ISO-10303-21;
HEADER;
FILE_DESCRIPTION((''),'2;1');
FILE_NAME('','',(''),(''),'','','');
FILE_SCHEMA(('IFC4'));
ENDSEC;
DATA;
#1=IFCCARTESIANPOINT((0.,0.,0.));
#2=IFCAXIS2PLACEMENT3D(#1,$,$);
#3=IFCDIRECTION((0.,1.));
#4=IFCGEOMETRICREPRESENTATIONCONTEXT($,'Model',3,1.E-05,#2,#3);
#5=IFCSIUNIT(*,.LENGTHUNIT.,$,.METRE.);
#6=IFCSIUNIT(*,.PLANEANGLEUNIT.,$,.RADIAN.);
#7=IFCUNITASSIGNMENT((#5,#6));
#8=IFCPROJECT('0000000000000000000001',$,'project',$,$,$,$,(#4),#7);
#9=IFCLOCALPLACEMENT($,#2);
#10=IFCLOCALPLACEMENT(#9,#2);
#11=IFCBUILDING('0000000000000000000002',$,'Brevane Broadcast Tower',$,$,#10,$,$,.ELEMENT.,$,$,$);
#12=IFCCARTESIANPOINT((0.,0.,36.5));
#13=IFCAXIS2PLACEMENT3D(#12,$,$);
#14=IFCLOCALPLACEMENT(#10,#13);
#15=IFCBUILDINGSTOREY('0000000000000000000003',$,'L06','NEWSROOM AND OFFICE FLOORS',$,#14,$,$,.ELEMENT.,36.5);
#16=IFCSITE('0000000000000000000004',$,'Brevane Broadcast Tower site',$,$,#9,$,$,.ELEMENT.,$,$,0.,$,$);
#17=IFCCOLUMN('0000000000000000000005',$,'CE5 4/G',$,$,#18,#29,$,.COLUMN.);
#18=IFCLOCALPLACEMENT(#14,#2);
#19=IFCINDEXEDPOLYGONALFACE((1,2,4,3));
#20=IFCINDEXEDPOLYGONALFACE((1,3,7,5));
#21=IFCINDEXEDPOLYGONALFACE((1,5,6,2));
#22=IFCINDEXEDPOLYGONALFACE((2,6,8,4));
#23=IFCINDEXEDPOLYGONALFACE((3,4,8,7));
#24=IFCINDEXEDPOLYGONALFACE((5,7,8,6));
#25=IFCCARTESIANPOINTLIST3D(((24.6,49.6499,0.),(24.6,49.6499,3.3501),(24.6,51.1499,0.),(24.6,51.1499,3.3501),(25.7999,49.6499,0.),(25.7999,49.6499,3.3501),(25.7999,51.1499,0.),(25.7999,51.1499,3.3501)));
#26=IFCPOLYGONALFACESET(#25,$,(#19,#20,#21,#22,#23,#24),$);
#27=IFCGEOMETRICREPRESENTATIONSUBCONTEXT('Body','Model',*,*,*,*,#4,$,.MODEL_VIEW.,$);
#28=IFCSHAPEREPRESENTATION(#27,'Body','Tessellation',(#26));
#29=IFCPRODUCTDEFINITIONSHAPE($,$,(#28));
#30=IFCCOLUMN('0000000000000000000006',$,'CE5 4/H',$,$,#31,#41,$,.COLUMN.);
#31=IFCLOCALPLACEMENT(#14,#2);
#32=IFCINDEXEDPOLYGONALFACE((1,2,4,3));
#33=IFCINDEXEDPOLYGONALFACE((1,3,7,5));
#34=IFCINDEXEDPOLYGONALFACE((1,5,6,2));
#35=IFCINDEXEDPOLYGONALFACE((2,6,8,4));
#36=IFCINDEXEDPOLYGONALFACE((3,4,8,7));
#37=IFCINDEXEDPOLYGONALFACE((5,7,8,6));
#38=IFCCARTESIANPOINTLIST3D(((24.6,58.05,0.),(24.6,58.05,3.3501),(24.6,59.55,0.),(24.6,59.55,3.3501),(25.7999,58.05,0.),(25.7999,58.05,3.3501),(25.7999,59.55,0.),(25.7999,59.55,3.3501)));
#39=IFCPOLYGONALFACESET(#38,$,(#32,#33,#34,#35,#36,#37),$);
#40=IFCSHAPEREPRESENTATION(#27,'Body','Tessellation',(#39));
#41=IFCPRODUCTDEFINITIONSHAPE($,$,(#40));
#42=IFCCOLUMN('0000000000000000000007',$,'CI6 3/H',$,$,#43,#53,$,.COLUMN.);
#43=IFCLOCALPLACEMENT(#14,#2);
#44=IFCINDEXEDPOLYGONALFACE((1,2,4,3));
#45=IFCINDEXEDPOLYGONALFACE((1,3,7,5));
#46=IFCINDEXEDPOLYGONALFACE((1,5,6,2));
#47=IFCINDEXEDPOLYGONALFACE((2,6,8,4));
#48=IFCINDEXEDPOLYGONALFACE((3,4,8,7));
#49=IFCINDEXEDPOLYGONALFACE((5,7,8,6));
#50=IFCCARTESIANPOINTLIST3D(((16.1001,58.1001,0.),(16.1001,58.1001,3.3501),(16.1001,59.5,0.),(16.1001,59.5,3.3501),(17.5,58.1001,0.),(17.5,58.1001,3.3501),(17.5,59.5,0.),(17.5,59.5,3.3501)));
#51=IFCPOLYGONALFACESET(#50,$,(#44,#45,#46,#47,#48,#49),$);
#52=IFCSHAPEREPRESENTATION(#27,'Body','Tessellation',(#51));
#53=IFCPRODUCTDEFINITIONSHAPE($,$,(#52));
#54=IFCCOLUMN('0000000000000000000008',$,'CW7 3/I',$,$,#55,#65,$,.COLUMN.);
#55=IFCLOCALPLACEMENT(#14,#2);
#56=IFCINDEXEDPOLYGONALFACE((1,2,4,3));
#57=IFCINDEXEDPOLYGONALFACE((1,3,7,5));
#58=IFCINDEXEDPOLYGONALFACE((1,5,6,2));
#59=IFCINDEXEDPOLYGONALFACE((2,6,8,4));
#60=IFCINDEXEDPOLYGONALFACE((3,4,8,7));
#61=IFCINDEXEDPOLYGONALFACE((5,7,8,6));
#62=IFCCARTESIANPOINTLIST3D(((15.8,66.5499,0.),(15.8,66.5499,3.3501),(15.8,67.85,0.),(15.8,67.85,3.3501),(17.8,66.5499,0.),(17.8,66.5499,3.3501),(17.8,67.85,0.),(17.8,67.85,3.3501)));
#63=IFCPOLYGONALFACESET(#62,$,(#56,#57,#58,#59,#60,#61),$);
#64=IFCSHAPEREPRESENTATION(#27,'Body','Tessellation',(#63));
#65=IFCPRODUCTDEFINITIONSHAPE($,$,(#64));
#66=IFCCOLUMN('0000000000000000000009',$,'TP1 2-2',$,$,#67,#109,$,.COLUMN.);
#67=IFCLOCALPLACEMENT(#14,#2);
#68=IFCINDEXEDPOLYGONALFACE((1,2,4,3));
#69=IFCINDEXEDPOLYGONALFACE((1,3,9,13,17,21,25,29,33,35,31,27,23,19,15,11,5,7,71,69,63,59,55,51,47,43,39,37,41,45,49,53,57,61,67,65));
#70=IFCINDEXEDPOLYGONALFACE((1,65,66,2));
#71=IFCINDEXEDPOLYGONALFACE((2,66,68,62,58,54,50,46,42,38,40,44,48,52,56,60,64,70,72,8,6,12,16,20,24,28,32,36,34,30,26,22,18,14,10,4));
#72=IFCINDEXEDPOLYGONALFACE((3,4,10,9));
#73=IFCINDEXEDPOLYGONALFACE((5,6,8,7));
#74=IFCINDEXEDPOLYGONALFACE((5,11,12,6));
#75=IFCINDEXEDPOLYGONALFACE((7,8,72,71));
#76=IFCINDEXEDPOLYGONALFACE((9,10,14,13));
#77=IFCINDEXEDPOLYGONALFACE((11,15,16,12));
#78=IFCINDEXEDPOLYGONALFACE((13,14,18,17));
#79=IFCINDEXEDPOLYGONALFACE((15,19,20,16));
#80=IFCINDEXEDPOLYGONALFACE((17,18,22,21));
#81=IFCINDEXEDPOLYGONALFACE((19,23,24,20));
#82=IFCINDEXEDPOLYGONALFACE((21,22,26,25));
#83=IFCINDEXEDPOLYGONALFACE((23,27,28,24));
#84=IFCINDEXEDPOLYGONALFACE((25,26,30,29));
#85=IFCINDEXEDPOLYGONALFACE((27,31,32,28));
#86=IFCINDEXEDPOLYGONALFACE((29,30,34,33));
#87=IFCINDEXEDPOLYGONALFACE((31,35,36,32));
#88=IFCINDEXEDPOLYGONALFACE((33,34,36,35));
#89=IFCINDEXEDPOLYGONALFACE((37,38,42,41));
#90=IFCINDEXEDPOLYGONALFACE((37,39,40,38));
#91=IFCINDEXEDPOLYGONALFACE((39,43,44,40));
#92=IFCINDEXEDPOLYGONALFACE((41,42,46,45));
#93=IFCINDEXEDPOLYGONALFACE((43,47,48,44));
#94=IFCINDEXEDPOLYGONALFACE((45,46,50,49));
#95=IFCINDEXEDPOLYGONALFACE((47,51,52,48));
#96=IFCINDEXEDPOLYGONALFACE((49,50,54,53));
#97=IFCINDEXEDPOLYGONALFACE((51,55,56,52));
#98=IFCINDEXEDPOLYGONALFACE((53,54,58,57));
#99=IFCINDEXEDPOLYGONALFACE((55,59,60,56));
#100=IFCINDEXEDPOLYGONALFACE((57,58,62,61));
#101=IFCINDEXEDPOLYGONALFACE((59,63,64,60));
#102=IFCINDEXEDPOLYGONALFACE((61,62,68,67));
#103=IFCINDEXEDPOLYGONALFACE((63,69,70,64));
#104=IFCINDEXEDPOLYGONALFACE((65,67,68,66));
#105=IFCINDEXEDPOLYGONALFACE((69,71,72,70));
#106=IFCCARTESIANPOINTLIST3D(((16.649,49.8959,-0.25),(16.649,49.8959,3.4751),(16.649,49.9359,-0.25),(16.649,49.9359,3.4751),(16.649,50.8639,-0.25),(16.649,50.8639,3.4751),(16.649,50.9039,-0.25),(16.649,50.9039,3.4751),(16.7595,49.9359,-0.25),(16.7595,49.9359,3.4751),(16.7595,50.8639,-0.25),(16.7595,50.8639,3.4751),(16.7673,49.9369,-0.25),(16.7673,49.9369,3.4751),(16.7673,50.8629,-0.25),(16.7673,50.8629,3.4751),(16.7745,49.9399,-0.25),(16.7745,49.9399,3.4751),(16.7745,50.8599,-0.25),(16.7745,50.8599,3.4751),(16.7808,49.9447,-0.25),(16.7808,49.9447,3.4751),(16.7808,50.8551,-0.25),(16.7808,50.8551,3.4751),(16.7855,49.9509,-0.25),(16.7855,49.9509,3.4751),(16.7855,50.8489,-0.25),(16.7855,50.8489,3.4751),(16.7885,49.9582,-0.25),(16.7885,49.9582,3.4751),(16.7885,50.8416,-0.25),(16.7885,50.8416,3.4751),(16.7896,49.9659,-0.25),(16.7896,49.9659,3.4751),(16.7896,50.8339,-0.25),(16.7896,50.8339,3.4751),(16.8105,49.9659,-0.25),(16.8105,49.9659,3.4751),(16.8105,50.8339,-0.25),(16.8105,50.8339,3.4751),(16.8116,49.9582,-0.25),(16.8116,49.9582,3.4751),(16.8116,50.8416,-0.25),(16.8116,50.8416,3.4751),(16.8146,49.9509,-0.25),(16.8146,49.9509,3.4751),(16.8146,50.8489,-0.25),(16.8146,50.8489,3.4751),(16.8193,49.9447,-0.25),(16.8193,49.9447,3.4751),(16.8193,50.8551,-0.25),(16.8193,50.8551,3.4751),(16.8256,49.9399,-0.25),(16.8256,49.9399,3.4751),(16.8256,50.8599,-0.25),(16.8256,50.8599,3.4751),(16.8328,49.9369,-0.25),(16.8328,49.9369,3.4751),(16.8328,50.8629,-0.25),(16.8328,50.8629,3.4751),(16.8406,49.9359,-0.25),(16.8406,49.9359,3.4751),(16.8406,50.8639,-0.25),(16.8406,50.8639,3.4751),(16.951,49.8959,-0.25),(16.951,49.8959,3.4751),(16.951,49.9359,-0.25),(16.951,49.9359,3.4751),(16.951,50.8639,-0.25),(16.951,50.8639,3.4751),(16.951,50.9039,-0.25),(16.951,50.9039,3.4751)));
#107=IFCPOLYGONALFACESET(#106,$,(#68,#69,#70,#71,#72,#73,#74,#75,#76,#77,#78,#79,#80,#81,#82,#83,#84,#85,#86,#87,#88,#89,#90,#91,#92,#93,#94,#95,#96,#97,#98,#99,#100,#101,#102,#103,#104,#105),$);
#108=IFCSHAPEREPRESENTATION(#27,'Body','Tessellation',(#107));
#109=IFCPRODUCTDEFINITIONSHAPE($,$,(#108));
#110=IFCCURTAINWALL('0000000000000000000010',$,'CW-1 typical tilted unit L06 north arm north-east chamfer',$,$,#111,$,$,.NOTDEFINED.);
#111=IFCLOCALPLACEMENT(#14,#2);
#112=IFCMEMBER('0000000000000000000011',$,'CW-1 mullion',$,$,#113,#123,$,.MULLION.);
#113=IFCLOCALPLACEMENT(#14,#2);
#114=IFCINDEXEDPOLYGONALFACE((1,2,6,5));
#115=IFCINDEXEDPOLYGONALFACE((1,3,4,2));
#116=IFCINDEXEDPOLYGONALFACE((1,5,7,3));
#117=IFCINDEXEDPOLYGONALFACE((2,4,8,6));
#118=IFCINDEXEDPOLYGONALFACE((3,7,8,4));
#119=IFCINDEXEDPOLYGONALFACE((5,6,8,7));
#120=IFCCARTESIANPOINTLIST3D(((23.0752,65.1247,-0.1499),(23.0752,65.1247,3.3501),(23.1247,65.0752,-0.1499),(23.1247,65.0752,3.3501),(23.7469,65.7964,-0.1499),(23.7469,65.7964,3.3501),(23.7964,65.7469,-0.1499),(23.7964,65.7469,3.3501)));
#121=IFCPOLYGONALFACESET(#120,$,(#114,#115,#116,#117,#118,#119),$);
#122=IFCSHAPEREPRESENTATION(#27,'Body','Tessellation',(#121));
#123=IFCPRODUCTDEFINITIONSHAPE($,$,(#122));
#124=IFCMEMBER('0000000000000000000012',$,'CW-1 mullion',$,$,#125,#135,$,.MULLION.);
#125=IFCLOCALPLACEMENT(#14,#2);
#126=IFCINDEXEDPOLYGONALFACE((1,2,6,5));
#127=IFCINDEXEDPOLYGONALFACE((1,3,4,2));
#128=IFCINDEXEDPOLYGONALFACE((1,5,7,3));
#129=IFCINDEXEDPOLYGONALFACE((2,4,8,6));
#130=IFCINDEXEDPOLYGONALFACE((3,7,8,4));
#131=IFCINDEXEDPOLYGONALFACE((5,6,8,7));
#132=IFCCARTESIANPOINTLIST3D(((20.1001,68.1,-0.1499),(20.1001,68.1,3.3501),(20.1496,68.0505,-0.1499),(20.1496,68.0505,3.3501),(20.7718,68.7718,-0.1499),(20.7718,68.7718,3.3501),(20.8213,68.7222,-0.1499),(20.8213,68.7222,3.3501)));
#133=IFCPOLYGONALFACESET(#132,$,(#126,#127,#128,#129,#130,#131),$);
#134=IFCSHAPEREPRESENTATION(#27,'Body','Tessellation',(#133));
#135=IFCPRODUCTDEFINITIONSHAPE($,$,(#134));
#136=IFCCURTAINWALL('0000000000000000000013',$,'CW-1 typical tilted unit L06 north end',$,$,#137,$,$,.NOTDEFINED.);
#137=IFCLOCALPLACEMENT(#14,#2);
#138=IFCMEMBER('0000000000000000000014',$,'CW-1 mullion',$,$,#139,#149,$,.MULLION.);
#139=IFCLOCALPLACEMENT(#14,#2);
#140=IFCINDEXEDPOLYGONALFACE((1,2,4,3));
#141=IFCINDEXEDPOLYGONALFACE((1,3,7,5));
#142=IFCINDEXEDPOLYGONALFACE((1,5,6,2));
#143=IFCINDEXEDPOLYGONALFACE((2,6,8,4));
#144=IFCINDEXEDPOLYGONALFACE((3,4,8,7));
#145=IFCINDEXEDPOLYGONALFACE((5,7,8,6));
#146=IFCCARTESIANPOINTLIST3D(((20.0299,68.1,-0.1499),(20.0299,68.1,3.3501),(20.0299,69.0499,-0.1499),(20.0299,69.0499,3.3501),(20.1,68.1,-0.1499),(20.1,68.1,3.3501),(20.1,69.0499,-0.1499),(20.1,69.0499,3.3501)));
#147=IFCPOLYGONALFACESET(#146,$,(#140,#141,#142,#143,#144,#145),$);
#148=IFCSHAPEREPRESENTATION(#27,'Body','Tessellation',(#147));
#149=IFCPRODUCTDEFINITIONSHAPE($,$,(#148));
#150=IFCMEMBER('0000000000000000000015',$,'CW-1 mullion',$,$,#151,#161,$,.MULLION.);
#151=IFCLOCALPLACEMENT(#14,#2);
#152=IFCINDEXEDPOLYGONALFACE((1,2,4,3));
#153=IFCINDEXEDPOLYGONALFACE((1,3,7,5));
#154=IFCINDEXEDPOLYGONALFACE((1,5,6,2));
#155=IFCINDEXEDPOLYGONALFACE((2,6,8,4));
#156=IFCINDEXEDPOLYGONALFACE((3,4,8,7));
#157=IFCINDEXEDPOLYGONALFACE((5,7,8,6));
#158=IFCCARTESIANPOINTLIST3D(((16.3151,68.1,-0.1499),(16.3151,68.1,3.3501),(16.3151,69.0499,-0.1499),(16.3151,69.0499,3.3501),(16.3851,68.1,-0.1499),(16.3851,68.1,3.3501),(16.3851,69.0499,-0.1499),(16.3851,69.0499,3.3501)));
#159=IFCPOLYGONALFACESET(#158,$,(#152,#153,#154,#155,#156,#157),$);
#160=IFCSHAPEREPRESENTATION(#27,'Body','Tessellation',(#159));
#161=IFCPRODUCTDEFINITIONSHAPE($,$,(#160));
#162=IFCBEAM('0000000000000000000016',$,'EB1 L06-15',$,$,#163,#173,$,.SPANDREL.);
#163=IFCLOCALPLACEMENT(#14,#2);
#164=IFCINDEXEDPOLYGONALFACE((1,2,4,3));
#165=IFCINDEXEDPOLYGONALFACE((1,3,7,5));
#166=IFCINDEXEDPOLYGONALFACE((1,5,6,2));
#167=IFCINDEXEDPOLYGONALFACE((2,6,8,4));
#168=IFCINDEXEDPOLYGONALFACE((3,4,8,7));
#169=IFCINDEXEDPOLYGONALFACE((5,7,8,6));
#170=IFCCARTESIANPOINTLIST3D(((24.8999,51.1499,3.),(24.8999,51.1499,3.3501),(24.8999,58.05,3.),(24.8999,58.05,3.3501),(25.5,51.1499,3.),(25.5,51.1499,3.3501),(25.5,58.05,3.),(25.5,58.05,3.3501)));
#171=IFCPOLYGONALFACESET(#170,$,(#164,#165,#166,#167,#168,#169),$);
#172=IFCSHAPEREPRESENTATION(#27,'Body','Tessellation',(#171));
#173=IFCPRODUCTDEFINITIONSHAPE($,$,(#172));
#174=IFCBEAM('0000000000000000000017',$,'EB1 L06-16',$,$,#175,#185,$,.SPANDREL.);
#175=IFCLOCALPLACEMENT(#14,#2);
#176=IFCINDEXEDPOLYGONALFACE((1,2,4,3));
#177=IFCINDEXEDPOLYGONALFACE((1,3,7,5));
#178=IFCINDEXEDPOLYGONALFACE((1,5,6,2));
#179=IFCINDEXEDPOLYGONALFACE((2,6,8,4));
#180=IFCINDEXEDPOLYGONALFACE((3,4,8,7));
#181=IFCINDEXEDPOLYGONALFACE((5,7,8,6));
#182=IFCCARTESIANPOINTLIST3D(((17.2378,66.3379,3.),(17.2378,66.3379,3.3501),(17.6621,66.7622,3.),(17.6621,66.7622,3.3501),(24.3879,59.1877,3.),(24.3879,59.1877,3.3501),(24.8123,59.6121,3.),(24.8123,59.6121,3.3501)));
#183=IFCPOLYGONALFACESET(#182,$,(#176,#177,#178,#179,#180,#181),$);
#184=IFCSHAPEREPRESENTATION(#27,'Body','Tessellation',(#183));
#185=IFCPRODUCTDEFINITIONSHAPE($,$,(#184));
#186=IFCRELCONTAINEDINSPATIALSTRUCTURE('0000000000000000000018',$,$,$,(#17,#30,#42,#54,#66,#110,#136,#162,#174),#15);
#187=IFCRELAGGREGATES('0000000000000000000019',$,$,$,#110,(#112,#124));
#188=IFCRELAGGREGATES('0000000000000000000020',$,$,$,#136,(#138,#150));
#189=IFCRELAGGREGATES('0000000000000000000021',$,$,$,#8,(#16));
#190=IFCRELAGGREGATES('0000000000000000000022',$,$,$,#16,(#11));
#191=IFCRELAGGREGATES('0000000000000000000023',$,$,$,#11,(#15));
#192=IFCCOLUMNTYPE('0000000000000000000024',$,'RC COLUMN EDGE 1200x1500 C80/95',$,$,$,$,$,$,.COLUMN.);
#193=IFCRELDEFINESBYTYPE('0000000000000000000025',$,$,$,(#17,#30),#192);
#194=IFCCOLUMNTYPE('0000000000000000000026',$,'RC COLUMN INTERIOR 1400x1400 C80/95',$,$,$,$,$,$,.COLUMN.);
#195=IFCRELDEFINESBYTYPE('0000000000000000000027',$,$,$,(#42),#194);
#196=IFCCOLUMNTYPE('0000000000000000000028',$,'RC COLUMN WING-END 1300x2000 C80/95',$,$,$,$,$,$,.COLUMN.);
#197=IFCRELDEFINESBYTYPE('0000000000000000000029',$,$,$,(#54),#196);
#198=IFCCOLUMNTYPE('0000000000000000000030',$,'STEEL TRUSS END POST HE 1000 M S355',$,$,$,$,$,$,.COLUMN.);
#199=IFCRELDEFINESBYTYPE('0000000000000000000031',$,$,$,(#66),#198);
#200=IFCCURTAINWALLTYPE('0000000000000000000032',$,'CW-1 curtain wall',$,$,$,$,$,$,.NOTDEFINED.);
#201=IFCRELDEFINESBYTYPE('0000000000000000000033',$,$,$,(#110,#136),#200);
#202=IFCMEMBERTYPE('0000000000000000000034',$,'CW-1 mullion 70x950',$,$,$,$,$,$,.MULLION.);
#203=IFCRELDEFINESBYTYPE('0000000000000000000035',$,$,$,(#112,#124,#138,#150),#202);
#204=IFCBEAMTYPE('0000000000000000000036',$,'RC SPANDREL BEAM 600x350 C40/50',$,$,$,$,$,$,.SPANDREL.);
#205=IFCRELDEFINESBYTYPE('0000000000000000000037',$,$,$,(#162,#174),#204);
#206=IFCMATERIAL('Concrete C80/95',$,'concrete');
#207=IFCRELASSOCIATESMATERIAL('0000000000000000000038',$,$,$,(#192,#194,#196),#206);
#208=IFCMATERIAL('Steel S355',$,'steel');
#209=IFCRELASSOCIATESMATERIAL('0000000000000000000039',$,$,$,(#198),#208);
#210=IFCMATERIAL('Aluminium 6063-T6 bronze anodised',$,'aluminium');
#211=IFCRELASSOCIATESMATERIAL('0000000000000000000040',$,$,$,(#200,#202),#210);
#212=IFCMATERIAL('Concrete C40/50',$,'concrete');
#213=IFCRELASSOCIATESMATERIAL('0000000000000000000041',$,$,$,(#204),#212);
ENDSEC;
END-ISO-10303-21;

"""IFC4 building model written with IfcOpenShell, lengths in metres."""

from ifc_helpers import new_model, si_unit, direction, frame, origin, origin_2d, place, context, subcontext, project, spatial, rectangle, i_section, extrude, material, material_profile, profile_set, type_object, element, aggregate, save


model = new_model("IFC4")

# Units and contexts
model_context = context("Model", 3, precision=1e-05, world=origin(), true_north=direction((0.0, 1.0)))
body_context = subcontext(model_context, "Body", "Model", "MODEL_VIEW")
ifc_project = project(units=[si_unit("LENGTHUNIT", "METRE"), si_unit("PLANEANGLEUNIT", "RADIAN")], contexts=[model_context])

# Site, building, storey
site_placement = place(None, origin())
site = spatial("IfcSite", under=ifc_project, at=site_placement, Name="Brevane Broadcast Tower site", CompositionType="ELEMENT", RefElevation=0.0)
building_placement = place(site_placement, origin())
building = spatial("IfcBuilding", under=site, at=building_placement, Name="Brevane Broadcast Tower", CompositionType="ELEMENT")
storey_placement = place(building_placement, frame((0.0, 0.0, 36.5)))
storey = spatial("IfcBuildingStorey", under=building, at=storey_placement, Name="L06", Description="NEWSROOM AND OFFICE FLOORS", CompositionType="ELEMENT", Elevation=36.5)

# Columns
ifc_material_1 = material(Name="Concrete C80/95", Category="concrete")
ifc_material_profile_1 = material_profile(ifc_material_1, rectangle(XDim=1.2, YDim=1.5, at=origin_2d()), Name="RC 1200x1500")
ifc_profile_set_1 = profile_set([ifc_material_profile_1], Name="Concrete C80/95")
column_type_1 = type_object("IfcColumnType", Name="RC COLUMN EDGE 1200x1500 C80/95", PredefinedType="COLUMN", material=ifc_profile_set_1)
for number, where, z_axis, x_axis, name in (
    (1, (25.2, 50.3999, 0.0), (0.0, 0.0, 1.0), (1.0, 0.0, 0.0), "CE5 4/G"),
    (2, (25.2, 58.8, 0.0), (0.0, 0.0, 1.0), (1.0, 0.0, 0.0), "CE5 4/H"),
):
    element("IfcColumn", number, at=place(storey_placement, frame(where, z_axis=z_axis, x_axis=x_axis)), inside=storey, type_object=column_type_1, Name=name, PredefinedType="COLUMN", context=body_context, shape_type="SweptSolid", body=[
        extrude(rectangle(XDim=1.2, YDim=1.5, at=origin_2d()), origin(), (0.0, 0.0, 1.0), 3.3501),
    ])
ifc_material_profile_2 = material_profile(ifc_material_1, rectangle(XDim=1.3999, YDim=1.3999, at=origin_2d()), Name="RC 1400x1400")
ifc_profile_set_2 = profile_set([ifc_material_profile_2], Name="Concrete C80/95")
column_type_2 = type_object("IfcColumnType", Name="RC COLUMN INTERIOR 1400x1400 C80/95", PredefinedType="COLUMN", material=ifc_profile_set_2)
column_1_placement = place(storey_placement, frame((16.8, 58.8, 0.0), z_axis=(0.0, 0.0, 1.0), x_axis=(1.0, 0.0, 0.0)))
element("IfcColumn", 3, at=column_1_placement, inside=storey, type_object=column_type_2, Name="CI6 3/H", PredefinedType="COLUMN", context=body_context, shape_type="SweptSolid", body=[
    extrude(rectangle(XDim=1.3999, YDim=1.3999, at=origin_2d()), origin(), (0.0, 0.0, 1.0), 3.3501),
])
ifc_material_profile_3 = material_profile(ifc_material_1, rectangle(XDim=1.3, YDim=2.0, at=origin_2d()), Name="RC 1300x2000")
ifc_profile_set_3 = profile_set([ifc_material_profile_3], Name="Concrete C80/95")
column_type_3 = type_object("IfcColumnType", Name="RC COLUMN WING-END 1300x2000 C80/95", PredefinedType="COLUMN", material=ifc_profile_set_3)
column_2_placement = place(storey_placement, frame((16.8, 67.2, 0.0), z_axis=(0.0, 0.0, 1.0), x_axis=(0.0, 1.0, 0.0)))
element("IfcColumn", 4, at=column_2_placement, inside=storey, type_object=column_type_3, Name="CW7 3/I", PredefinedType="COLUMN", context=body_context, shape_type="SweptSolid", body=[
    extrude(rectangle(XDim=1.3, YDim=2.0, at=origin_2d()), origin(), (0.0, 0.0, 1.0), 3.3501),
])
ifc_material_2 = material(Name="Steel S355", Category="steel")
ifc_material_profile_4 = material_profile(ifc_material_2, i_section(OverallWidth=0.302, OverallDepth=1.0081, WebThickness=0.021, FlangeThickness=0.04, FilletRadius=0.03, at=origin_2d()), Name="HE 1000 M")
ifc_profile_set_4 = profile_set([ifc_material_profile_4], Name="Steel S355")
column_type_4 = type_object("IfcColumnType", Name="STEEL TRUSS END POST HE 1000 M S355", PredefinedType="COLUMN", material=ifc_profile_set_4)
column_3_placement = place(storey_placement, frame((16.8, 50.3999, -0.25), z_axis=(0.0, 0.0, 1.0), x_axis=(1.0, 0.0, 0.0)))
element("IfcColumn", 5, at=column_3_placement, inside=storey, type_object=column_type_4, Name="TP1 2-2", PredefinedType="COLUMN", context=body_context, shape_type="SweptSolid", body=[
    extrude(i_section(OverallWidth=0.302, OverallDepth=1.0081, WebThickness=0.021, FlangeThickness=0.04, FilletRadius=0.03, at=origin_2d()), origin(), (0.0, 0.0, 1.0), 3.7251),
])

# Curtain walls, members
ifc_material_3 = material(Name="Aluminium 6063-T6 bronze anodised", Category="aluminium")
curtain_wall_type = type_object("IfcCurtainWallType", Name="CW-1 curtain wall", PredefinedType="NOTDEFINED", material=ifc_material_3)
curtain_wall_1_placement = place(storey_placement, origin())
curtain_wall_1 = element("IfcCurtainWall", 6, at=curtain_wall_1_placement, inside=storey, type_object=curtain_wall_type, Name="CW-1 typical tilted unit L06 north arm north-east chamfer", PredefinedType="NOTDEFINED")
ifc_material_profile_5 = material_profile(ifc_material_3, rectangle(XDim=0.95, YDim=0.0701, at=origin_2d()), Name="RECT 70x950")
ifc_profile_set_5 = profile_set([ifc_material_profile_5], Name="Aluminium 6063-T6 bronze anodised")
member_type = type_object("IfcMemberType", Name="CW-1 mullion 70x950", PredefinedType="MULLION", material=ifc_profile_set_5)
member_1_placement = place(storey_placement, frame((23.4358, 65.4358, -0.1499), z_axis=(0.0, 0.0, 1.0), x_axis=(-0.707107, -0.707107, 0.0)))
member_1 = element("IfcMember", 7, at=member_1_placement, type_object=member_type, Name="CW-1 mullion", PredefinedType="MULLION", context=body_context, shape_type="SweptSolid", body=[
    extrude(rectangle(XDim=0.95, YDim=0.0701, at=origin_2d()), origin(), (0.0, 0.0, 1.0), 3.5),
])
member_2_placement = place(storey_placement, frame((20.4607, 68.4111, -0.1499), z_axis=(0.0, 0.0, 1.0), x_axis=(-0.707107, -0.707107, 0.0)))
member_2 = element("IfcMember", 8, at=member_2_placement, type_object=member_type, Name="CW-1 mullion", PredefinedType="MULLION", context=body_context, shape_type="SweptSolid", body=[
    extrude(rectangle(XDim=0.95, YDim=0.0701, at=origin_2d()), origin(), (0.0, 0.0, 1.0), 3.5),
])
aggregate(curtain_wall_1, [member_1, member_2])
curtain_wall_2_placement = place(storey_placement, origin())
curtain_wall_2 = element("IfcCurtainWall", 9, at=curtain_wall_2_placement, inside=storey, type_object=curtain_wall_type, Name="CW-1 typical tilted unit L06 north end", PredefinedType="NOTDEFINED")
member_3_placement = place(storey_placement, frame((20.0649, 68.575, -0.1499), z_axis=(0.0, 0.0, 1.0), x_axis=(0.0, -1.0, 0.0)))
member_3 = element("IfcMember", 10, at=member_3_placement, type_object=member_type, Name="CW-1 mullion", PredefinedType="MULLION", context=body_context, shape_type="SweptSolid", body=[
    extrude(rectangle(XDim=0.95, YDim=0.0701, at=origin_2d()), origin(), (0.0, 0.0, 1.0), 3.5),
])
member_4_placement = place(storey_placement, frame((16.3501, 68.575, -0.1499), z_axis=(0.0, 0.0, 1.0), x_axis=(0.0, -1.0, 0.0)))
member_4 = element("IfcMember", 11, at=member_4_placement, type_object=member_type, Name="CW-1 mullion", PredefinedType="MULLION", context=body_context, shape_type="SweptSolid", body=[
    extrude(rectangle(XDim=0.95, YDim=0.0701, at=origin_2d()), origin(), (0.0, 0.0, 1.0), 3.5),
])
aggregate(curtain_wall_2, [member_3, member_4])

# Beams
ifc_material_4 = material(Name="Concrete C40/50", Category="concrete")
ifc_material_profile_6 = material_profile(ifc_material_4, rectangle(XDim=0.6001, YDim=0.3501, at=origin_2d()), Name="RC 600x350")
ifc_profile_set_6 = profile_set([ifc_material_profile_6], Name="Concrete C40/50")
beam_type = type_object("IfcBeamType", Name="RC SPANDREL BEAM 600x350 C40/50", PredefinedType="SPANDREL", material=ifc_profile_set_6)
beam_1_placement = place(storey_placement, frame((25.2, 51.1499, 3.175), z_axis=(0.0, 1.0, 0.0), x_axis=(-1.0, 0.0, 0.0)))
element("IfcBeam", 12, at=beam_1_placement, inside=storey, type_object=beam_type, Name="EB1 L06-15", PredefinedType="SPANDREL", context=body_context, shape_type="SweptSolid", body=[
    extrude(rectangle(XDim=0.6001, YDim=0.3501, at=origin_2d()), origin(), (0.0, 0.0, 1.0), 6.9001),
])
beam_2_placement = place(storey_placement, frame((24.6001, 59.3999, 3.175), z_axis=(-0.707107, 0.707107, 0.0), x_axis=(-0.707107, -0.707107, 0.0)))
element("IfcBeam", 13, at=beam_2_placement, inside=storey, type_object=beam_type, Name="EB1 L06-16", PredefinedType="SPANDREL", context=body_context, shape_type="SweptSolid", body=[
    extrude(rectangle(XDim=0.6001, YDim=0.3501, at=origin_2d()), origin(), (0.0, 0.0, 1.0), 10.1118),
])

save(model, "model.ifc")
